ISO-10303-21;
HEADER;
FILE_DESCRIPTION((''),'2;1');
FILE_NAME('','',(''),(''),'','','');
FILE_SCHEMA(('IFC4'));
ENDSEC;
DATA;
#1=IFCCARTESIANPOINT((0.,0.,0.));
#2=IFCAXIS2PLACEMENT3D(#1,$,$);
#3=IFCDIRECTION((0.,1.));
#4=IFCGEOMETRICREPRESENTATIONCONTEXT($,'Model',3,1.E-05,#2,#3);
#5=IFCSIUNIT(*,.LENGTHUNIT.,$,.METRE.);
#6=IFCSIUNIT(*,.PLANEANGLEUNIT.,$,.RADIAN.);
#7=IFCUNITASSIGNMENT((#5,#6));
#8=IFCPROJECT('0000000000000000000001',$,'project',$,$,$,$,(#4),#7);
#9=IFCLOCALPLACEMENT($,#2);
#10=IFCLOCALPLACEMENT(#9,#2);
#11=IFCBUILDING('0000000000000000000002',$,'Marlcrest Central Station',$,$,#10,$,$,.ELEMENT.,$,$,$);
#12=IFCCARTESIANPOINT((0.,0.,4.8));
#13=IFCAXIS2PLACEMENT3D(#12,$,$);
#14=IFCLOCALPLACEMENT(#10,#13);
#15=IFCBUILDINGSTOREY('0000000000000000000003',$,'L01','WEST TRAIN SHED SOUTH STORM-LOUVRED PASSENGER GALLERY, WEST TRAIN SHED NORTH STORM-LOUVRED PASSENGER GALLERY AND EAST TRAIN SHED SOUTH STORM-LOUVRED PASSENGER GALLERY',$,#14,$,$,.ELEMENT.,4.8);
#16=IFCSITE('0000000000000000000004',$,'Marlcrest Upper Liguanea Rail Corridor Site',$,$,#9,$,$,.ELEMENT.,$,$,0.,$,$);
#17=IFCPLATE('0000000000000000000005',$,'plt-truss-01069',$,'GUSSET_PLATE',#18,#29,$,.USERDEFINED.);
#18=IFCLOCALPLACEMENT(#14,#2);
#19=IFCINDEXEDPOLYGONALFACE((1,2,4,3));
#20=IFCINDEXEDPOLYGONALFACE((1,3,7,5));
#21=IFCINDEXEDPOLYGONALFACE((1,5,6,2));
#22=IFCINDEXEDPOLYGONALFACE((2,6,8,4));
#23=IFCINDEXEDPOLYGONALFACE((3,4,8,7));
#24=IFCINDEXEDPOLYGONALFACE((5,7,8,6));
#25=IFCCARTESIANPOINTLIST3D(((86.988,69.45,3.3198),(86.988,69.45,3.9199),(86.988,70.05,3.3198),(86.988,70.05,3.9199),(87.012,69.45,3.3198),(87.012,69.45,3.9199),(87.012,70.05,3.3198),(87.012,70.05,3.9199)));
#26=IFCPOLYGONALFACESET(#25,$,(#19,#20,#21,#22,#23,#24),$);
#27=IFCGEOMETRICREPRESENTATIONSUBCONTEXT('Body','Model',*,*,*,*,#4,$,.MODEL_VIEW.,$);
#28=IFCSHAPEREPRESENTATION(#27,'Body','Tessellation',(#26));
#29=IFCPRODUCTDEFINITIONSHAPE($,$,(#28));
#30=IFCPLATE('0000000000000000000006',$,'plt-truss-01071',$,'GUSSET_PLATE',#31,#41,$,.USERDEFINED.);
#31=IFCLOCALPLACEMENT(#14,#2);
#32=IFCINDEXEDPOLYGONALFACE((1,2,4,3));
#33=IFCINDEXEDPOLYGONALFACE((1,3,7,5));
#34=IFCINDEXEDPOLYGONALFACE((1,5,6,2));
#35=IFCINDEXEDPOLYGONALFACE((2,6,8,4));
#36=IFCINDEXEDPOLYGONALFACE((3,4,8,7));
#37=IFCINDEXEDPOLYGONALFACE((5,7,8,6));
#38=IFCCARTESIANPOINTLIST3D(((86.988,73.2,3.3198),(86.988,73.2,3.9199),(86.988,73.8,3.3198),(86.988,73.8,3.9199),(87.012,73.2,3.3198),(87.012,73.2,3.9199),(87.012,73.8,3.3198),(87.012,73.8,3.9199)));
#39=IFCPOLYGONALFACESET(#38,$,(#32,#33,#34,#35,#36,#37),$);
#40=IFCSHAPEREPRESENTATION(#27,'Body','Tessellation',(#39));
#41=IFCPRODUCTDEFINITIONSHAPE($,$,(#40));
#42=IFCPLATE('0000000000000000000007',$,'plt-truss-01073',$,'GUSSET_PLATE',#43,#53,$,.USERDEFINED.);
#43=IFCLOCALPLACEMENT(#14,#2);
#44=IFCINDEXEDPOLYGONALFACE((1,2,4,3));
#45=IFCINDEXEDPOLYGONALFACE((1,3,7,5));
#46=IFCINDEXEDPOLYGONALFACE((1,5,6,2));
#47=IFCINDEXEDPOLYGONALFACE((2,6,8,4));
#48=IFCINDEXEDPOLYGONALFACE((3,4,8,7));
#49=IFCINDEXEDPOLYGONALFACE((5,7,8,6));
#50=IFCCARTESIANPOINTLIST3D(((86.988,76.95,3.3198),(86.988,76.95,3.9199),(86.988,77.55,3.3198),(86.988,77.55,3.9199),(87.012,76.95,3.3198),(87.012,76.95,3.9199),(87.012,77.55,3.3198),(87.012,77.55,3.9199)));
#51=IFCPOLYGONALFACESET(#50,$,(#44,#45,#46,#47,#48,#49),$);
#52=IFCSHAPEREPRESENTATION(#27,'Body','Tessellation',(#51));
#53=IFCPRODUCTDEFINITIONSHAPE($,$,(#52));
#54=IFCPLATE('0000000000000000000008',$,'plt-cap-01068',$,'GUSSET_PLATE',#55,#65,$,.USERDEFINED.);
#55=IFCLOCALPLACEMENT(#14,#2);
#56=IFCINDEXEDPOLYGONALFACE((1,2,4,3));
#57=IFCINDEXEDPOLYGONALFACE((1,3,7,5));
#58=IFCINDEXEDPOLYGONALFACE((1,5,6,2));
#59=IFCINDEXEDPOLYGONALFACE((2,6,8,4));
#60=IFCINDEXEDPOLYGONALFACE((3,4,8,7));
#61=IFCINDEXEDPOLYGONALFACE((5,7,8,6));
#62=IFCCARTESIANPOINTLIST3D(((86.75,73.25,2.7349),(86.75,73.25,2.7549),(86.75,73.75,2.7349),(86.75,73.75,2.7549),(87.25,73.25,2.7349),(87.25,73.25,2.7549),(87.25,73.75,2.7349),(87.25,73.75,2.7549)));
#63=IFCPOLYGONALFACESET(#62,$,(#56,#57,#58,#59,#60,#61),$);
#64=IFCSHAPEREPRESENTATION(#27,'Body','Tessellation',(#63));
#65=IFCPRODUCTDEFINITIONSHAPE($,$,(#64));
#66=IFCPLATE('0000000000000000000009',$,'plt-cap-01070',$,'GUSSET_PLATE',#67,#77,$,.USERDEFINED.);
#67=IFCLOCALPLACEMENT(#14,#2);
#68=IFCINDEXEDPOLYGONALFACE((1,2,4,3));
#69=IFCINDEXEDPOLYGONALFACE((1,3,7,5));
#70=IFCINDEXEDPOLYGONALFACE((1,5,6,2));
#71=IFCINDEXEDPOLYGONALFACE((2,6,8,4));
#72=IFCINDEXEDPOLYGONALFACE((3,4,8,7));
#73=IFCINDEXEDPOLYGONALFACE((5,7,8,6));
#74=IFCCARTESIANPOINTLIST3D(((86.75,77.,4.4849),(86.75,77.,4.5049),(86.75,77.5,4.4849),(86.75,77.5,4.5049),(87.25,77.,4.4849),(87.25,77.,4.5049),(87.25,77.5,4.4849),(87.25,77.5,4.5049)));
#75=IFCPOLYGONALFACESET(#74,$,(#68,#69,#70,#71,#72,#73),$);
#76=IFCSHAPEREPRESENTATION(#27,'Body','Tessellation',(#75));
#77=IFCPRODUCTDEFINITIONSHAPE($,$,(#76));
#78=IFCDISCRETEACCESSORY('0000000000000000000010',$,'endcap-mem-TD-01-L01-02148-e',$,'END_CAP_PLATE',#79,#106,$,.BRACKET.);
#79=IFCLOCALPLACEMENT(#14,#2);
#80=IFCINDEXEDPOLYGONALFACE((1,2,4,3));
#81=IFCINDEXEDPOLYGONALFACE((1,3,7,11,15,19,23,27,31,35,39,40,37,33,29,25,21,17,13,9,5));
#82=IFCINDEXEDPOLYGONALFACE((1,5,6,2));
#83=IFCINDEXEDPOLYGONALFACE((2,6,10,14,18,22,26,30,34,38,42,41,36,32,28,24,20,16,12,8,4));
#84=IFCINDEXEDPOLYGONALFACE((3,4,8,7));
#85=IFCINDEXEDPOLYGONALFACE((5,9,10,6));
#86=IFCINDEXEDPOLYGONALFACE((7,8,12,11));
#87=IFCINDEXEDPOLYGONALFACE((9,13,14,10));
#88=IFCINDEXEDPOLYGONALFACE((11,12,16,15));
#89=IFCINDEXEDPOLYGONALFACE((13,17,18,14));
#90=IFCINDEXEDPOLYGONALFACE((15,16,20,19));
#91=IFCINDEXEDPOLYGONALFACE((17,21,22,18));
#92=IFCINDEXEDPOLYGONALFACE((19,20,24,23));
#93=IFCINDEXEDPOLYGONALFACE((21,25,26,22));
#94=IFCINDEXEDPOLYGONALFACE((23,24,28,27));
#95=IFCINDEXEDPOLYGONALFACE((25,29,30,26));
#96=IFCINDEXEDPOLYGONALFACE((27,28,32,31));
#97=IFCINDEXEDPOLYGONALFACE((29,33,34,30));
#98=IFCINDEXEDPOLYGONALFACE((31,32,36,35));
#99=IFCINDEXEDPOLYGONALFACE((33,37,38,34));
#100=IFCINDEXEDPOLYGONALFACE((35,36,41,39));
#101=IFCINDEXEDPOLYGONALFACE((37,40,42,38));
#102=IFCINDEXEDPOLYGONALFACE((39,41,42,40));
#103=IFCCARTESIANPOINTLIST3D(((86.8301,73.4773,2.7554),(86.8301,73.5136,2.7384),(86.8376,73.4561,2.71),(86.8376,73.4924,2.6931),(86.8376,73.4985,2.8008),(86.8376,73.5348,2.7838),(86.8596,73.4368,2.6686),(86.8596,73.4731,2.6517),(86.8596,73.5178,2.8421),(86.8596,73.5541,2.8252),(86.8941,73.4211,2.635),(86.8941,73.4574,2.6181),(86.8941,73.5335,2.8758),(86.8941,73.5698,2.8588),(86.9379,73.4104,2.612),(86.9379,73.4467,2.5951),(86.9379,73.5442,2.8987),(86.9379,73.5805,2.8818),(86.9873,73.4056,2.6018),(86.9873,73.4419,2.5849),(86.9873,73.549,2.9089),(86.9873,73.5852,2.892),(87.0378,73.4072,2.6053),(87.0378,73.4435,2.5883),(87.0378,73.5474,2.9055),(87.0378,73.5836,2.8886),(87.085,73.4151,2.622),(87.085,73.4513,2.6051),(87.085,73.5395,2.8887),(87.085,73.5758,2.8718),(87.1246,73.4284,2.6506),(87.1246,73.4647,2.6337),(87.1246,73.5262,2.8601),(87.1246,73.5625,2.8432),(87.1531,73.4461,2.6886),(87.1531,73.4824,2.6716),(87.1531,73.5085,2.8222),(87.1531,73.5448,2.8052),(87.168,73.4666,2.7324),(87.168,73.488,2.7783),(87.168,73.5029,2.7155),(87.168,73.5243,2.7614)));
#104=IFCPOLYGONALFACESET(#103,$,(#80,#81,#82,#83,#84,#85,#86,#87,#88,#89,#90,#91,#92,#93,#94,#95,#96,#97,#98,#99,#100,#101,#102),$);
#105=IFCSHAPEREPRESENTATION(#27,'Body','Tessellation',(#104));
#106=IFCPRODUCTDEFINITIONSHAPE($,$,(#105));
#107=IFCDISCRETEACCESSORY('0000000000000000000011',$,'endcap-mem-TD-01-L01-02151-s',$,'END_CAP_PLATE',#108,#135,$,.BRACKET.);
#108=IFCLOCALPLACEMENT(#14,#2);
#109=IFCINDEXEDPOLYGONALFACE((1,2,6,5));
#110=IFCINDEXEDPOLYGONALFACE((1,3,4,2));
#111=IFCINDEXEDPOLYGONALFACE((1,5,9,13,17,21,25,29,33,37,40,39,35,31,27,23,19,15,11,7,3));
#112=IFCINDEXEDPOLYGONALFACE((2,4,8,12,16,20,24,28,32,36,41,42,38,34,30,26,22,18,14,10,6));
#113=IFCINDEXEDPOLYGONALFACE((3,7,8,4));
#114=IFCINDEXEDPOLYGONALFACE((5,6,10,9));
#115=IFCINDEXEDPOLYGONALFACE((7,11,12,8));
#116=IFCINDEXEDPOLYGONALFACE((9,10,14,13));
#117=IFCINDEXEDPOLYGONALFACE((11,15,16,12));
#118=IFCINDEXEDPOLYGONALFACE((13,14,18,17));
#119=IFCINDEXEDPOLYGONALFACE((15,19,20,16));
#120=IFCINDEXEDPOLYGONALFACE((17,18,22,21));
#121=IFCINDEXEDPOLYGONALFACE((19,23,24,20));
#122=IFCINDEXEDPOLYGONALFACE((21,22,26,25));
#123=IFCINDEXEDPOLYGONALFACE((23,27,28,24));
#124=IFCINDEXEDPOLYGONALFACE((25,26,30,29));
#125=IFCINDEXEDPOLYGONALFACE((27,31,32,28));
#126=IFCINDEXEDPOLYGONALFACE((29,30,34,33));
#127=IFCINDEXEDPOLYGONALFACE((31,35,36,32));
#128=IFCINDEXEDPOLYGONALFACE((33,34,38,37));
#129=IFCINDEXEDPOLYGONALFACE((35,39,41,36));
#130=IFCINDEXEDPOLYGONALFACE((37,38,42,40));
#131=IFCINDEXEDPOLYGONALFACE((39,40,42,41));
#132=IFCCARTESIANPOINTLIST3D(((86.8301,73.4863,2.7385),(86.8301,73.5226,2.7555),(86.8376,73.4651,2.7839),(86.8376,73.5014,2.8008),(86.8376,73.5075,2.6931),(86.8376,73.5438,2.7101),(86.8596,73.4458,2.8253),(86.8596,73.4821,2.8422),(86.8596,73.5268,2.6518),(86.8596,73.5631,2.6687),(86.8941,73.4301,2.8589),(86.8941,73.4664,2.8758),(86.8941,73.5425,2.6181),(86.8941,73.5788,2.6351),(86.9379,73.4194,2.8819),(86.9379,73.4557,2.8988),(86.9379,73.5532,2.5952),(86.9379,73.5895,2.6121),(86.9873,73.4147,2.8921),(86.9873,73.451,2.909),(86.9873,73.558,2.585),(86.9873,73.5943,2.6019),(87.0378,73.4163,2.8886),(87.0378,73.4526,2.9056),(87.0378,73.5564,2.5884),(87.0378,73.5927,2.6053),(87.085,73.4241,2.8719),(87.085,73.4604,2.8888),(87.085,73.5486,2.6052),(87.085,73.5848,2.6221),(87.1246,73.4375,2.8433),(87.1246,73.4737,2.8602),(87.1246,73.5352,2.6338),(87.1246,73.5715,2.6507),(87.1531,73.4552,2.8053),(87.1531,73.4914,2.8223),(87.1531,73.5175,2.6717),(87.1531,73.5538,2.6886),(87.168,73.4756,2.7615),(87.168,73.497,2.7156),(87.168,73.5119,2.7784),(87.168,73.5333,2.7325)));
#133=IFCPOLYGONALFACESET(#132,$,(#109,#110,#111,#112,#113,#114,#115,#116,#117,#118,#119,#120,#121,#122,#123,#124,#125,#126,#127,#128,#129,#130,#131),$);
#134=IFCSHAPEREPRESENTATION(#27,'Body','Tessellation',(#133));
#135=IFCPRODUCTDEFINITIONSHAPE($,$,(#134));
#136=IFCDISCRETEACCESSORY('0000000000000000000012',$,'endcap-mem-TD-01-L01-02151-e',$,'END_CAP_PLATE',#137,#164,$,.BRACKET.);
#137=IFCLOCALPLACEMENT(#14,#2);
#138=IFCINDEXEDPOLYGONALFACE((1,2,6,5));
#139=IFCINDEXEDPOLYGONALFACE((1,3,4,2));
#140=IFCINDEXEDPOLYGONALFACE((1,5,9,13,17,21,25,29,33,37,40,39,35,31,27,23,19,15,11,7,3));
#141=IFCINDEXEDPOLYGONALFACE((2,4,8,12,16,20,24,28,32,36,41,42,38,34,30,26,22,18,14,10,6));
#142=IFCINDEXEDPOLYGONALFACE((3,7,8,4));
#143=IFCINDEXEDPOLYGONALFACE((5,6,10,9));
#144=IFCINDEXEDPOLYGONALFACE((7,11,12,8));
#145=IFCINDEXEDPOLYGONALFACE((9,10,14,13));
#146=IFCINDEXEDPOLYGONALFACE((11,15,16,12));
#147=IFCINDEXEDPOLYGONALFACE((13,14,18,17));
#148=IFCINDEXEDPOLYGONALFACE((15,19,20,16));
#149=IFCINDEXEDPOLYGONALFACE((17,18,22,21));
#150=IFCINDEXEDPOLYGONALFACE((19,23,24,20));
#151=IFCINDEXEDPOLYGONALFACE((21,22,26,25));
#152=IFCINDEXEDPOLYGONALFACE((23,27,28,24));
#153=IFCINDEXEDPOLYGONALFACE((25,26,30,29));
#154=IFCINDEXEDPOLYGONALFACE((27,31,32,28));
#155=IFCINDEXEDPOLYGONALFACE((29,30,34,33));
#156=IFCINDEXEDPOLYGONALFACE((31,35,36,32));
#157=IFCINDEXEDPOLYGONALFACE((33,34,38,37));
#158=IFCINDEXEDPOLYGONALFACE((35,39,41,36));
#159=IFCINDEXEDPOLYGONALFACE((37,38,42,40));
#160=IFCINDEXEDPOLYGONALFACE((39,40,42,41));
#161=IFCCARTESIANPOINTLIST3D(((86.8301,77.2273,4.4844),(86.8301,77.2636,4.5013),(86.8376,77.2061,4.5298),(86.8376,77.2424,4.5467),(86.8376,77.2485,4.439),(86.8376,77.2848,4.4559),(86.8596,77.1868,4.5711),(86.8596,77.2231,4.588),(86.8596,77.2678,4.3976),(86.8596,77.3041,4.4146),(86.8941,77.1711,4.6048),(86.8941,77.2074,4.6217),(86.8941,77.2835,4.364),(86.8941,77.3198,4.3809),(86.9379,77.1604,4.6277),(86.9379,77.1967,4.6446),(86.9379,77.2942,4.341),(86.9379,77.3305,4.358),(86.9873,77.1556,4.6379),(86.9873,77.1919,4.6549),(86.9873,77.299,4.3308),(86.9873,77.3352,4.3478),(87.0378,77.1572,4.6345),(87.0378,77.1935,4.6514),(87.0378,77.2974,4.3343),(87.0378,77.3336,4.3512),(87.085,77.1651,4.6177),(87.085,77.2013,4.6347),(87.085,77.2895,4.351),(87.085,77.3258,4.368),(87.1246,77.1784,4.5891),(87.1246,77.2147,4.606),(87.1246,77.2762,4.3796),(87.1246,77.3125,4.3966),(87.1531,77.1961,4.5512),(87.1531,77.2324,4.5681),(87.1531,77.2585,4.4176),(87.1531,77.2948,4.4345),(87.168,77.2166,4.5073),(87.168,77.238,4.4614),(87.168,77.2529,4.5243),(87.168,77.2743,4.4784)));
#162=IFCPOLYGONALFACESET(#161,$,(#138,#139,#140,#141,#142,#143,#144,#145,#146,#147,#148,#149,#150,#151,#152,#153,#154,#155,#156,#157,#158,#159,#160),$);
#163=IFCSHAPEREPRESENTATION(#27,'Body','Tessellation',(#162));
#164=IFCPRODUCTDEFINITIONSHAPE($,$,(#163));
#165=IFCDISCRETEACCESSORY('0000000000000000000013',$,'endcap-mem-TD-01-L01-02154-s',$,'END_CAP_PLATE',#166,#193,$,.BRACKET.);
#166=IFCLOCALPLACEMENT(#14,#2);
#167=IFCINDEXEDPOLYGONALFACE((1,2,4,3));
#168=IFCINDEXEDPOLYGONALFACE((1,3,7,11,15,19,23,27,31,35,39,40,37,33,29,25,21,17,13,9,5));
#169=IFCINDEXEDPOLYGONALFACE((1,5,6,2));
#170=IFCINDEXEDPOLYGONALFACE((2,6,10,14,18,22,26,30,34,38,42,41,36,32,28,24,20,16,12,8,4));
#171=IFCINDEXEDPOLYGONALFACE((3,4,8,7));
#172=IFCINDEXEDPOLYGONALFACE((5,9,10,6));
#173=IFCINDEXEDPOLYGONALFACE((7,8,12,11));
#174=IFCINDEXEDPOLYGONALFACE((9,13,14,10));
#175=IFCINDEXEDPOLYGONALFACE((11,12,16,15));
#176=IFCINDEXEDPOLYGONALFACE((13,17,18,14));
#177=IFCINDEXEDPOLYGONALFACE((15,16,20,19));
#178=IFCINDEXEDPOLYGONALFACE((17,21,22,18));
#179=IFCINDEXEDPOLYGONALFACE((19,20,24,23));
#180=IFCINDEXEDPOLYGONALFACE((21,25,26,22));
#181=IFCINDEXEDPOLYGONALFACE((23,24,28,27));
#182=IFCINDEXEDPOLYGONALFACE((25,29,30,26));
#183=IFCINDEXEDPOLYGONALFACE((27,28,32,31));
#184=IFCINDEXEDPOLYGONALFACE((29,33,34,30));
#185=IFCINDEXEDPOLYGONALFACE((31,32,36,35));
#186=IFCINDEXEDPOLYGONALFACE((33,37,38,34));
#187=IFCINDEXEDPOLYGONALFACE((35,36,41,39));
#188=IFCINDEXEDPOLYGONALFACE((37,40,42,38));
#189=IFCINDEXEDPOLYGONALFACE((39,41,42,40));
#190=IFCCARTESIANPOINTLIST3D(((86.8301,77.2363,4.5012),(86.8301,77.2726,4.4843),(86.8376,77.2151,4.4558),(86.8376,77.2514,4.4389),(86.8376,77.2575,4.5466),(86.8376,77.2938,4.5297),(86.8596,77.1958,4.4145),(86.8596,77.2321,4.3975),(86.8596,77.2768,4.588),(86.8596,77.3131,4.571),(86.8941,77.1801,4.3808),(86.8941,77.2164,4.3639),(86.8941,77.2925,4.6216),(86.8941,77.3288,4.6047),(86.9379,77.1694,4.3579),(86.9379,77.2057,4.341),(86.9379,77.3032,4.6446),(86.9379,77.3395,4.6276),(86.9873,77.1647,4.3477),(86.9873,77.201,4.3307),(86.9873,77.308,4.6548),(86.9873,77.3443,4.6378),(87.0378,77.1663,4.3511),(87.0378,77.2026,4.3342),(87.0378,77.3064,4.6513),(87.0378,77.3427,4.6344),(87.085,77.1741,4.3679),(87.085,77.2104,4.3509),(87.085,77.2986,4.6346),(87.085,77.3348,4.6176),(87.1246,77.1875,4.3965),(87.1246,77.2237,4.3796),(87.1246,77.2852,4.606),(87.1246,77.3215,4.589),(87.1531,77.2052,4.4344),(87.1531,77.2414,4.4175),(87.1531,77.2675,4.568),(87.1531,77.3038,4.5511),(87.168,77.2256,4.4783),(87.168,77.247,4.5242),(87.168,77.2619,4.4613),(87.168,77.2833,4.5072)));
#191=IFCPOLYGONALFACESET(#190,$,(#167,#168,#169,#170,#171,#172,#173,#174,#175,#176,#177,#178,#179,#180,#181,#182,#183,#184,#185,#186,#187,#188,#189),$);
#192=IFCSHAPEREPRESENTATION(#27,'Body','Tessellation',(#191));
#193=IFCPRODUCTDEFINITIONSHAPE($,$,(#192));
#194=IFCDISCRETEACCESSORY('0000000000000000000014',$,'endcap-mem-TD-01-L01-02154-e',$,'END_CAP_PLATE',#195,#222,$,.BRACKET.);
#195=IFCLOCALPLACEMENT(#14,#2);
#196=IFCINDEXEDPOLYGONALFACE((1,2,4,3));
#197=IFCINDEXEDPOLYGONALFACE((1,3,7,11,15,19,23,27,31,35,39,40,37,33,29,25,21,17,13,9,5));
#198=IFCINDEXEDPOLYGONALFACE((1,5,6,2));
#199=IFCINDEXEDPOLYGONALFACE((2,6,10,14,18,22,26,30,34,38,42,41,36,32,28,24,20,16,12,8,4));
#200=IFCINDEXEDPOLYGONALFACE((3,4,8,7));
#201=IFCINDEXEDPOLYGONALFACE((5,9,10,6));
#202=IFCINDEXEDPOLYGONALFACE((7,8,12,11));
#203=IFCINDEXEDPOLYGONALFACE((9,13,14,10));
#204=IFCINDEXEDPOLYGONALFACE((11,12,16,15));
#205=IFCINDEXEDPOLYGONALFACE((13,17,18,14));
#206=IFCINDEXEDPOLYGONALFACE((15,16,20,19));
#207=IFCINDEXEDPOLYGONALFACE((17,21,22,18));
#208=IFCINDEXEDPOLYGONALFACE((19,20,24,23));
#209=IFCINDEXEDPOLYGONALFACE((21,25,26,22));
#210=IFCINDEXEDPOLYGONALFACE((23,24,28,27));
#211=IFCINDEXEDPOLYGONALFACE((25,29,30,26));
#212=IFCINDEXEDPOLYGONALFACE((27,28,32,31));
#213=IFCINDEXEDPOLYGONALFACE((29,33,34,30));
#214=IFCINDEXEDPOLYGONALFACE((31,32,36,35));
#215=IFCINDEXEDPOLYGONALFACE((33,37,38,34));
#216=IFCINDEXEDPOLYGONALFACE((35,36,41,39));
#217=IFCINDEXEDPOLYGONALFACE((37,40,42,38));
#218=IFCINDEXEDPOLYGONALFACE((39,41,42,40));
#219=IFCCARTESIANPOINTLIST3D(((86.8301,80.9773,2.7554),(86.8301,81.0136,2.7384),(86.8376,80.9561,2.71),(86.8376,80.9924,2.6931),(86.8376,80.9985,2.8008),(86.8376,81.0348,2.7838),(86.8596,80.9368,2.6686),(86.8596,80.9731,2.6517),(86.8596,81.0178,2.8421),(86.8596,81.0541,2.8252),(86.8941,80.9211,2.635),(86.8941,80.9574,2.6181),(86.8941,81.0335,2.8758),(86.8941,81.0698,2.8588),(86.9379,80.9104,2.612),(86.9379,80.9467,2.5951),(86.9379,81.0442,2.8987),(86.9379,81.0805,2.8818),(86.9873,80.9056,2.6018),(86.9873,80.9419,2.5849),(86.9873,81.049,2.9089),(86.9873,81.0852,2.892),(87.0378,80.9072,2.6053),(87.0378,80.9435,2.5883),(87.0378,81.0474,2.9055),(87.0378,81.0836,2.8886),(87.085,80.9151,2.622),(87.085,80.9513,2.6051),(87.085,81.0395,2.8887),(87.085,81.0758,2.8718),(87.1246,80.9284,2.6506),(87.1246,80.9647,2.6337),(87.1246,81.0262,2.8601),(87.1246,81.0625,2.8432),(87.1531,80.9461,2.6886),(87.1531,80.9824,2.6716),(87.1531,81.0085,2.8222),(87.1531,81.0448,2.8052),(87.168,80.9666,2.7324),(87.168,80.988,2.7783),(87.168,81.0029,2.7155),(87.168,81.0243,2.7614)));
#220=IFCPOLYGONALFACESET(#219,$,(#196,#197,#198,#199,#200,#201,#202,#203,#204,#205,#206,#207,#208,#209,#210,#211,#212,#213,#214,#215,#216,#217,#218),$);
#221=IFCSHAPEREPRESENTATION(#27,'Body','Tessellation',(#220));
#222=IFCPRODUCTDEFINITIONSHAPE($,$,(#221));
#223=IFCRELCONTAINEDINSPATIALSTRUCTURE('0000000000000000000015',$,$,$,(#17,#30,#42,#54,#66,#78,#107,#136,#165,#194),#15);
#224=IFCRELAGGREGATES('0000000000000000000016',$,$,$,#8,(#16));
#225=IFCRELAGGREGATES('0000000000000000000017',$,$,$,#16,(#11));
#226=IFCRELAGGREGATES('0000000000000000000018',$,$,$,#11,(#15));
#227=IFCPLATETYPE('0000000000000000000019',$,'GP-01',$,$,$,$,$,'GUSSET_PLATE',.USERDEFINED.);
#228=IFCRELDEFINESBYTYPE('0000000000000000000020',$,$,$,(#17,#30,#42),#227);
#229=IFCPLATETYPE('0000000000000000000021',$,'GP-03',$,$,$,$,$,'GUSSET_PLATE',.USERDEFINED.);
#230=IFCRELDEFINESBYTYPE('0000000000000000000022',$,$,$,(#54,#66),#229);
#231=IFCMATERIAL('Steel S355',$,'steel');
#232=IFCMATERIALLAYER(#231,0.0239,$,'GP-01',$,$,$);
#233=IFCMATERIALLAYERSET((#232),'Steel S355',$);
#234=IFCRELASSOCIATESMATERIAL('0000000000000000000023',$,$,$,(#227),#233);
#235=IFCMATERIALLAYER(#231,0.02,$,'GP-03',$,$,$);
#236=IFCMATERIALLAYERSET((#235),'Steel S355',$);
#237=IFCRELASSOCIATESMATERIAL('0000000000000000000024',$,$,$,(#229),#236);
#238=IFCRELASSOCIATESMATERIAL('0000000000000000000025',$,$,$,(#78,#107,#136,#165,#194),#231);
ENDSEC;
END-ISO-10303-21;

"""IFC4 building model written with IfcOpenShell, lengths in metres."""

from ifc_helpers import new_model, si_unit, direction, frame, origin, origin_2d, place, context, subcontext, project, spatial, rectangle, circle, extrude, material, layer, layer_set, type_object, element, save


model = new_model("IFC4")

# Units and contexts
model_context = context("Model", 3, precision=1e-05, world=origin(), true_north=direction((0.0, 1.0)))
body_context = subcontext(model_context, "Body", "Model", "MODEL_VIEW")
ifc_project = project(units=[si_unit("LENGTHUNIT", "METRE"), si_unit("PLANEANGLEUNIT", "RADIAN")], contexts=[model_context])

# Site, building, storey
site_placement = place(None, origin())
site = spatial("IfcSite", under=ifc_project, at=site_placement, Name="Marlcrest Upper Liguanea Rail Corridor Site", CompositionType="ELEMENT", RefElevation=0.0)
building_placement = place(site_placement, origin())
building = spatial("IfcBuilding", under=site, at=building_placement, Name="Marlcrest Central Station", CompositionType="ELEMENT")
storey_placement = place(building_placement, frame((0.0, 0.0, 4.8)))
storey = spatial("IfcBuildingStorey", under=building, at=storey_placement, Name="L01", Description="WEST TRAIN SHED SOUTH STORM-LOUVRED PASSENGER GALLERY, WEST TRAIN SHED NORTH STORM-LOUVRED PASSENGER GALLERY AND EAST TRAIN SHED SOUTH STORM-LOUVRED PASSENGER GALLERY", CompositionType="ELEMENT", Elevation=4.8)

# Shared definitions
ifc_material = material(Name="Steel S355", Category="steel")

# Plates
ifc_layer_1 = layer(ifc_material, 0.0239, Name="GP-01")
ifc_layer_set_1 = layer_set([ifc_layer_1], Name="Steel S355")
plate_type_1 = type_object("IfcPlateType", Name="GP-01", ElementType="GUSSET_PLATE", PredefinedType="USERDEFINED", material=ifc_layer_set_1)
for number, where, z_axis, x_axis, name in (
    (1, (87.0, 69.75, 3.3198), (0.0, 0.0, 1.0), (1.0, 0.0, 0.0), "plt-truss-01069"),
    (2, (87.0, 73.5, 3.3198), (0.0, 0.0, 1.0), (1.0, 0.0, 0.0), "plt-truss-01071"),
    (3, (87.0, 77.25, 3.3198), (0.0, 0.0, 1.0), (1.0, 0.0, 0.0), "plt-truss-01073"),
):
    element("IfcPlate", number, at=place(storey_placement, frame(where, z_axis=z_axis, x_axis=x_axis)), inside=storey, type_object=plate_type_1, Name=name, ObjectType="GUSSET_PLATE", PredefinedType="USERDEFINED", context=body_context, shape_type="SweptSolid", body=[
        extrude(rectangle(XDim=0.0239, YDim=0.6001, at=origin_2d()), origin(), (0.0, 0.0, 1.0), 0.6001),
    ])
ifc_layer_2 = layer(ifc_material, 0.02, Name="GP-03")
ifc_layer_set_2 = layer_set([ifc_layer_2], Name="Steel S355")
plate_type_2 = type_object("IfcPlateType", Name="GP-03", ElementType="GUSSET_PLATE", PredefinedType="USERDEFINED", material=ifc_layer_set_2)
for number, where, z_axis, x_axis, name in (
    (4, (87.0, 73.5, 2.7349), (0.0, 0.0, 1.0), (1.0, 0.0, 0.0), "plt-cap-01068"),
    (5, (87.0, 77.25, 4.4849), (0.0, 0.0, 1.0), (1.0, 0.0, 0.0), "plt-cap-01070"),
):
    element("IfcPlate", number, at=place(storey_placement, frame(where, z_axis=z_axis, x_axis=x_axis)), inside=storey, type_object=plate_type_2, Name=name, ObjectType="GUSSET_PLATE", PredefinedType="USERDEFINED", context=body_context, shape_type="SweptSolid", body=[
        extrude(rectangle(XDim=0.5, YDim=0.5, at=origin_2d()), origin(), (0.0, 0.0, 1.0), 0.02),
    ])

# Discrete accessories
for number, where, z_axis, x_axis, name in (
    (6, (87.0, 73.4773, 2.7554), (0.0, 0.906183, -0.422885), (-1.0, 0.0, 0.0), "endcap-mem-TD-01-L01-02148-e"),
    (7, (87.0, 73.4863, 2.7385), (0.0, 0.906183, 0.422885), (-1.0, 0.0, 0.0), "endcap-mem-TD-01-L01-02151-s"),
    (8, (87.0, 77.2273, 4.4844), (0.0, 0.906183, 0.422885), (-1.0, 0.0, 0.0), "endcap-mem-TD-01-L01-02151-e"),
    (9, (87.0, 77.2363, 4.5012), (0.0, 0.906183, -0.422885), (-1.0, 0.0, 0.0), "endcap-mem-TD-01-L01-02154-s"),
    (10, (87.0, 80.9773, 2.7554), (0.0, 0.906183, -0.422885), (-1.0, 0.0, 0.0), "endcap-mem-TD-01-L01-02154-e"),
):
    element("IfcDiscreteAccessory", number, at=place(storey_placement, frame(where, z_axis=z_axis, x_axis=x_axis)), inside=storey, material=ifc_material, Name=name, ObjectType="END_CAP_PLATE", PredefinedType="BRACKET", context=body_context, shape_type="SweptSolid", body=[
        extrude(circle(Radius=0.1699, at=origin_2d()), origin(), (0.0, 0.0, 1.0), 0.04),
    ])

save(model, "model.ifc")
